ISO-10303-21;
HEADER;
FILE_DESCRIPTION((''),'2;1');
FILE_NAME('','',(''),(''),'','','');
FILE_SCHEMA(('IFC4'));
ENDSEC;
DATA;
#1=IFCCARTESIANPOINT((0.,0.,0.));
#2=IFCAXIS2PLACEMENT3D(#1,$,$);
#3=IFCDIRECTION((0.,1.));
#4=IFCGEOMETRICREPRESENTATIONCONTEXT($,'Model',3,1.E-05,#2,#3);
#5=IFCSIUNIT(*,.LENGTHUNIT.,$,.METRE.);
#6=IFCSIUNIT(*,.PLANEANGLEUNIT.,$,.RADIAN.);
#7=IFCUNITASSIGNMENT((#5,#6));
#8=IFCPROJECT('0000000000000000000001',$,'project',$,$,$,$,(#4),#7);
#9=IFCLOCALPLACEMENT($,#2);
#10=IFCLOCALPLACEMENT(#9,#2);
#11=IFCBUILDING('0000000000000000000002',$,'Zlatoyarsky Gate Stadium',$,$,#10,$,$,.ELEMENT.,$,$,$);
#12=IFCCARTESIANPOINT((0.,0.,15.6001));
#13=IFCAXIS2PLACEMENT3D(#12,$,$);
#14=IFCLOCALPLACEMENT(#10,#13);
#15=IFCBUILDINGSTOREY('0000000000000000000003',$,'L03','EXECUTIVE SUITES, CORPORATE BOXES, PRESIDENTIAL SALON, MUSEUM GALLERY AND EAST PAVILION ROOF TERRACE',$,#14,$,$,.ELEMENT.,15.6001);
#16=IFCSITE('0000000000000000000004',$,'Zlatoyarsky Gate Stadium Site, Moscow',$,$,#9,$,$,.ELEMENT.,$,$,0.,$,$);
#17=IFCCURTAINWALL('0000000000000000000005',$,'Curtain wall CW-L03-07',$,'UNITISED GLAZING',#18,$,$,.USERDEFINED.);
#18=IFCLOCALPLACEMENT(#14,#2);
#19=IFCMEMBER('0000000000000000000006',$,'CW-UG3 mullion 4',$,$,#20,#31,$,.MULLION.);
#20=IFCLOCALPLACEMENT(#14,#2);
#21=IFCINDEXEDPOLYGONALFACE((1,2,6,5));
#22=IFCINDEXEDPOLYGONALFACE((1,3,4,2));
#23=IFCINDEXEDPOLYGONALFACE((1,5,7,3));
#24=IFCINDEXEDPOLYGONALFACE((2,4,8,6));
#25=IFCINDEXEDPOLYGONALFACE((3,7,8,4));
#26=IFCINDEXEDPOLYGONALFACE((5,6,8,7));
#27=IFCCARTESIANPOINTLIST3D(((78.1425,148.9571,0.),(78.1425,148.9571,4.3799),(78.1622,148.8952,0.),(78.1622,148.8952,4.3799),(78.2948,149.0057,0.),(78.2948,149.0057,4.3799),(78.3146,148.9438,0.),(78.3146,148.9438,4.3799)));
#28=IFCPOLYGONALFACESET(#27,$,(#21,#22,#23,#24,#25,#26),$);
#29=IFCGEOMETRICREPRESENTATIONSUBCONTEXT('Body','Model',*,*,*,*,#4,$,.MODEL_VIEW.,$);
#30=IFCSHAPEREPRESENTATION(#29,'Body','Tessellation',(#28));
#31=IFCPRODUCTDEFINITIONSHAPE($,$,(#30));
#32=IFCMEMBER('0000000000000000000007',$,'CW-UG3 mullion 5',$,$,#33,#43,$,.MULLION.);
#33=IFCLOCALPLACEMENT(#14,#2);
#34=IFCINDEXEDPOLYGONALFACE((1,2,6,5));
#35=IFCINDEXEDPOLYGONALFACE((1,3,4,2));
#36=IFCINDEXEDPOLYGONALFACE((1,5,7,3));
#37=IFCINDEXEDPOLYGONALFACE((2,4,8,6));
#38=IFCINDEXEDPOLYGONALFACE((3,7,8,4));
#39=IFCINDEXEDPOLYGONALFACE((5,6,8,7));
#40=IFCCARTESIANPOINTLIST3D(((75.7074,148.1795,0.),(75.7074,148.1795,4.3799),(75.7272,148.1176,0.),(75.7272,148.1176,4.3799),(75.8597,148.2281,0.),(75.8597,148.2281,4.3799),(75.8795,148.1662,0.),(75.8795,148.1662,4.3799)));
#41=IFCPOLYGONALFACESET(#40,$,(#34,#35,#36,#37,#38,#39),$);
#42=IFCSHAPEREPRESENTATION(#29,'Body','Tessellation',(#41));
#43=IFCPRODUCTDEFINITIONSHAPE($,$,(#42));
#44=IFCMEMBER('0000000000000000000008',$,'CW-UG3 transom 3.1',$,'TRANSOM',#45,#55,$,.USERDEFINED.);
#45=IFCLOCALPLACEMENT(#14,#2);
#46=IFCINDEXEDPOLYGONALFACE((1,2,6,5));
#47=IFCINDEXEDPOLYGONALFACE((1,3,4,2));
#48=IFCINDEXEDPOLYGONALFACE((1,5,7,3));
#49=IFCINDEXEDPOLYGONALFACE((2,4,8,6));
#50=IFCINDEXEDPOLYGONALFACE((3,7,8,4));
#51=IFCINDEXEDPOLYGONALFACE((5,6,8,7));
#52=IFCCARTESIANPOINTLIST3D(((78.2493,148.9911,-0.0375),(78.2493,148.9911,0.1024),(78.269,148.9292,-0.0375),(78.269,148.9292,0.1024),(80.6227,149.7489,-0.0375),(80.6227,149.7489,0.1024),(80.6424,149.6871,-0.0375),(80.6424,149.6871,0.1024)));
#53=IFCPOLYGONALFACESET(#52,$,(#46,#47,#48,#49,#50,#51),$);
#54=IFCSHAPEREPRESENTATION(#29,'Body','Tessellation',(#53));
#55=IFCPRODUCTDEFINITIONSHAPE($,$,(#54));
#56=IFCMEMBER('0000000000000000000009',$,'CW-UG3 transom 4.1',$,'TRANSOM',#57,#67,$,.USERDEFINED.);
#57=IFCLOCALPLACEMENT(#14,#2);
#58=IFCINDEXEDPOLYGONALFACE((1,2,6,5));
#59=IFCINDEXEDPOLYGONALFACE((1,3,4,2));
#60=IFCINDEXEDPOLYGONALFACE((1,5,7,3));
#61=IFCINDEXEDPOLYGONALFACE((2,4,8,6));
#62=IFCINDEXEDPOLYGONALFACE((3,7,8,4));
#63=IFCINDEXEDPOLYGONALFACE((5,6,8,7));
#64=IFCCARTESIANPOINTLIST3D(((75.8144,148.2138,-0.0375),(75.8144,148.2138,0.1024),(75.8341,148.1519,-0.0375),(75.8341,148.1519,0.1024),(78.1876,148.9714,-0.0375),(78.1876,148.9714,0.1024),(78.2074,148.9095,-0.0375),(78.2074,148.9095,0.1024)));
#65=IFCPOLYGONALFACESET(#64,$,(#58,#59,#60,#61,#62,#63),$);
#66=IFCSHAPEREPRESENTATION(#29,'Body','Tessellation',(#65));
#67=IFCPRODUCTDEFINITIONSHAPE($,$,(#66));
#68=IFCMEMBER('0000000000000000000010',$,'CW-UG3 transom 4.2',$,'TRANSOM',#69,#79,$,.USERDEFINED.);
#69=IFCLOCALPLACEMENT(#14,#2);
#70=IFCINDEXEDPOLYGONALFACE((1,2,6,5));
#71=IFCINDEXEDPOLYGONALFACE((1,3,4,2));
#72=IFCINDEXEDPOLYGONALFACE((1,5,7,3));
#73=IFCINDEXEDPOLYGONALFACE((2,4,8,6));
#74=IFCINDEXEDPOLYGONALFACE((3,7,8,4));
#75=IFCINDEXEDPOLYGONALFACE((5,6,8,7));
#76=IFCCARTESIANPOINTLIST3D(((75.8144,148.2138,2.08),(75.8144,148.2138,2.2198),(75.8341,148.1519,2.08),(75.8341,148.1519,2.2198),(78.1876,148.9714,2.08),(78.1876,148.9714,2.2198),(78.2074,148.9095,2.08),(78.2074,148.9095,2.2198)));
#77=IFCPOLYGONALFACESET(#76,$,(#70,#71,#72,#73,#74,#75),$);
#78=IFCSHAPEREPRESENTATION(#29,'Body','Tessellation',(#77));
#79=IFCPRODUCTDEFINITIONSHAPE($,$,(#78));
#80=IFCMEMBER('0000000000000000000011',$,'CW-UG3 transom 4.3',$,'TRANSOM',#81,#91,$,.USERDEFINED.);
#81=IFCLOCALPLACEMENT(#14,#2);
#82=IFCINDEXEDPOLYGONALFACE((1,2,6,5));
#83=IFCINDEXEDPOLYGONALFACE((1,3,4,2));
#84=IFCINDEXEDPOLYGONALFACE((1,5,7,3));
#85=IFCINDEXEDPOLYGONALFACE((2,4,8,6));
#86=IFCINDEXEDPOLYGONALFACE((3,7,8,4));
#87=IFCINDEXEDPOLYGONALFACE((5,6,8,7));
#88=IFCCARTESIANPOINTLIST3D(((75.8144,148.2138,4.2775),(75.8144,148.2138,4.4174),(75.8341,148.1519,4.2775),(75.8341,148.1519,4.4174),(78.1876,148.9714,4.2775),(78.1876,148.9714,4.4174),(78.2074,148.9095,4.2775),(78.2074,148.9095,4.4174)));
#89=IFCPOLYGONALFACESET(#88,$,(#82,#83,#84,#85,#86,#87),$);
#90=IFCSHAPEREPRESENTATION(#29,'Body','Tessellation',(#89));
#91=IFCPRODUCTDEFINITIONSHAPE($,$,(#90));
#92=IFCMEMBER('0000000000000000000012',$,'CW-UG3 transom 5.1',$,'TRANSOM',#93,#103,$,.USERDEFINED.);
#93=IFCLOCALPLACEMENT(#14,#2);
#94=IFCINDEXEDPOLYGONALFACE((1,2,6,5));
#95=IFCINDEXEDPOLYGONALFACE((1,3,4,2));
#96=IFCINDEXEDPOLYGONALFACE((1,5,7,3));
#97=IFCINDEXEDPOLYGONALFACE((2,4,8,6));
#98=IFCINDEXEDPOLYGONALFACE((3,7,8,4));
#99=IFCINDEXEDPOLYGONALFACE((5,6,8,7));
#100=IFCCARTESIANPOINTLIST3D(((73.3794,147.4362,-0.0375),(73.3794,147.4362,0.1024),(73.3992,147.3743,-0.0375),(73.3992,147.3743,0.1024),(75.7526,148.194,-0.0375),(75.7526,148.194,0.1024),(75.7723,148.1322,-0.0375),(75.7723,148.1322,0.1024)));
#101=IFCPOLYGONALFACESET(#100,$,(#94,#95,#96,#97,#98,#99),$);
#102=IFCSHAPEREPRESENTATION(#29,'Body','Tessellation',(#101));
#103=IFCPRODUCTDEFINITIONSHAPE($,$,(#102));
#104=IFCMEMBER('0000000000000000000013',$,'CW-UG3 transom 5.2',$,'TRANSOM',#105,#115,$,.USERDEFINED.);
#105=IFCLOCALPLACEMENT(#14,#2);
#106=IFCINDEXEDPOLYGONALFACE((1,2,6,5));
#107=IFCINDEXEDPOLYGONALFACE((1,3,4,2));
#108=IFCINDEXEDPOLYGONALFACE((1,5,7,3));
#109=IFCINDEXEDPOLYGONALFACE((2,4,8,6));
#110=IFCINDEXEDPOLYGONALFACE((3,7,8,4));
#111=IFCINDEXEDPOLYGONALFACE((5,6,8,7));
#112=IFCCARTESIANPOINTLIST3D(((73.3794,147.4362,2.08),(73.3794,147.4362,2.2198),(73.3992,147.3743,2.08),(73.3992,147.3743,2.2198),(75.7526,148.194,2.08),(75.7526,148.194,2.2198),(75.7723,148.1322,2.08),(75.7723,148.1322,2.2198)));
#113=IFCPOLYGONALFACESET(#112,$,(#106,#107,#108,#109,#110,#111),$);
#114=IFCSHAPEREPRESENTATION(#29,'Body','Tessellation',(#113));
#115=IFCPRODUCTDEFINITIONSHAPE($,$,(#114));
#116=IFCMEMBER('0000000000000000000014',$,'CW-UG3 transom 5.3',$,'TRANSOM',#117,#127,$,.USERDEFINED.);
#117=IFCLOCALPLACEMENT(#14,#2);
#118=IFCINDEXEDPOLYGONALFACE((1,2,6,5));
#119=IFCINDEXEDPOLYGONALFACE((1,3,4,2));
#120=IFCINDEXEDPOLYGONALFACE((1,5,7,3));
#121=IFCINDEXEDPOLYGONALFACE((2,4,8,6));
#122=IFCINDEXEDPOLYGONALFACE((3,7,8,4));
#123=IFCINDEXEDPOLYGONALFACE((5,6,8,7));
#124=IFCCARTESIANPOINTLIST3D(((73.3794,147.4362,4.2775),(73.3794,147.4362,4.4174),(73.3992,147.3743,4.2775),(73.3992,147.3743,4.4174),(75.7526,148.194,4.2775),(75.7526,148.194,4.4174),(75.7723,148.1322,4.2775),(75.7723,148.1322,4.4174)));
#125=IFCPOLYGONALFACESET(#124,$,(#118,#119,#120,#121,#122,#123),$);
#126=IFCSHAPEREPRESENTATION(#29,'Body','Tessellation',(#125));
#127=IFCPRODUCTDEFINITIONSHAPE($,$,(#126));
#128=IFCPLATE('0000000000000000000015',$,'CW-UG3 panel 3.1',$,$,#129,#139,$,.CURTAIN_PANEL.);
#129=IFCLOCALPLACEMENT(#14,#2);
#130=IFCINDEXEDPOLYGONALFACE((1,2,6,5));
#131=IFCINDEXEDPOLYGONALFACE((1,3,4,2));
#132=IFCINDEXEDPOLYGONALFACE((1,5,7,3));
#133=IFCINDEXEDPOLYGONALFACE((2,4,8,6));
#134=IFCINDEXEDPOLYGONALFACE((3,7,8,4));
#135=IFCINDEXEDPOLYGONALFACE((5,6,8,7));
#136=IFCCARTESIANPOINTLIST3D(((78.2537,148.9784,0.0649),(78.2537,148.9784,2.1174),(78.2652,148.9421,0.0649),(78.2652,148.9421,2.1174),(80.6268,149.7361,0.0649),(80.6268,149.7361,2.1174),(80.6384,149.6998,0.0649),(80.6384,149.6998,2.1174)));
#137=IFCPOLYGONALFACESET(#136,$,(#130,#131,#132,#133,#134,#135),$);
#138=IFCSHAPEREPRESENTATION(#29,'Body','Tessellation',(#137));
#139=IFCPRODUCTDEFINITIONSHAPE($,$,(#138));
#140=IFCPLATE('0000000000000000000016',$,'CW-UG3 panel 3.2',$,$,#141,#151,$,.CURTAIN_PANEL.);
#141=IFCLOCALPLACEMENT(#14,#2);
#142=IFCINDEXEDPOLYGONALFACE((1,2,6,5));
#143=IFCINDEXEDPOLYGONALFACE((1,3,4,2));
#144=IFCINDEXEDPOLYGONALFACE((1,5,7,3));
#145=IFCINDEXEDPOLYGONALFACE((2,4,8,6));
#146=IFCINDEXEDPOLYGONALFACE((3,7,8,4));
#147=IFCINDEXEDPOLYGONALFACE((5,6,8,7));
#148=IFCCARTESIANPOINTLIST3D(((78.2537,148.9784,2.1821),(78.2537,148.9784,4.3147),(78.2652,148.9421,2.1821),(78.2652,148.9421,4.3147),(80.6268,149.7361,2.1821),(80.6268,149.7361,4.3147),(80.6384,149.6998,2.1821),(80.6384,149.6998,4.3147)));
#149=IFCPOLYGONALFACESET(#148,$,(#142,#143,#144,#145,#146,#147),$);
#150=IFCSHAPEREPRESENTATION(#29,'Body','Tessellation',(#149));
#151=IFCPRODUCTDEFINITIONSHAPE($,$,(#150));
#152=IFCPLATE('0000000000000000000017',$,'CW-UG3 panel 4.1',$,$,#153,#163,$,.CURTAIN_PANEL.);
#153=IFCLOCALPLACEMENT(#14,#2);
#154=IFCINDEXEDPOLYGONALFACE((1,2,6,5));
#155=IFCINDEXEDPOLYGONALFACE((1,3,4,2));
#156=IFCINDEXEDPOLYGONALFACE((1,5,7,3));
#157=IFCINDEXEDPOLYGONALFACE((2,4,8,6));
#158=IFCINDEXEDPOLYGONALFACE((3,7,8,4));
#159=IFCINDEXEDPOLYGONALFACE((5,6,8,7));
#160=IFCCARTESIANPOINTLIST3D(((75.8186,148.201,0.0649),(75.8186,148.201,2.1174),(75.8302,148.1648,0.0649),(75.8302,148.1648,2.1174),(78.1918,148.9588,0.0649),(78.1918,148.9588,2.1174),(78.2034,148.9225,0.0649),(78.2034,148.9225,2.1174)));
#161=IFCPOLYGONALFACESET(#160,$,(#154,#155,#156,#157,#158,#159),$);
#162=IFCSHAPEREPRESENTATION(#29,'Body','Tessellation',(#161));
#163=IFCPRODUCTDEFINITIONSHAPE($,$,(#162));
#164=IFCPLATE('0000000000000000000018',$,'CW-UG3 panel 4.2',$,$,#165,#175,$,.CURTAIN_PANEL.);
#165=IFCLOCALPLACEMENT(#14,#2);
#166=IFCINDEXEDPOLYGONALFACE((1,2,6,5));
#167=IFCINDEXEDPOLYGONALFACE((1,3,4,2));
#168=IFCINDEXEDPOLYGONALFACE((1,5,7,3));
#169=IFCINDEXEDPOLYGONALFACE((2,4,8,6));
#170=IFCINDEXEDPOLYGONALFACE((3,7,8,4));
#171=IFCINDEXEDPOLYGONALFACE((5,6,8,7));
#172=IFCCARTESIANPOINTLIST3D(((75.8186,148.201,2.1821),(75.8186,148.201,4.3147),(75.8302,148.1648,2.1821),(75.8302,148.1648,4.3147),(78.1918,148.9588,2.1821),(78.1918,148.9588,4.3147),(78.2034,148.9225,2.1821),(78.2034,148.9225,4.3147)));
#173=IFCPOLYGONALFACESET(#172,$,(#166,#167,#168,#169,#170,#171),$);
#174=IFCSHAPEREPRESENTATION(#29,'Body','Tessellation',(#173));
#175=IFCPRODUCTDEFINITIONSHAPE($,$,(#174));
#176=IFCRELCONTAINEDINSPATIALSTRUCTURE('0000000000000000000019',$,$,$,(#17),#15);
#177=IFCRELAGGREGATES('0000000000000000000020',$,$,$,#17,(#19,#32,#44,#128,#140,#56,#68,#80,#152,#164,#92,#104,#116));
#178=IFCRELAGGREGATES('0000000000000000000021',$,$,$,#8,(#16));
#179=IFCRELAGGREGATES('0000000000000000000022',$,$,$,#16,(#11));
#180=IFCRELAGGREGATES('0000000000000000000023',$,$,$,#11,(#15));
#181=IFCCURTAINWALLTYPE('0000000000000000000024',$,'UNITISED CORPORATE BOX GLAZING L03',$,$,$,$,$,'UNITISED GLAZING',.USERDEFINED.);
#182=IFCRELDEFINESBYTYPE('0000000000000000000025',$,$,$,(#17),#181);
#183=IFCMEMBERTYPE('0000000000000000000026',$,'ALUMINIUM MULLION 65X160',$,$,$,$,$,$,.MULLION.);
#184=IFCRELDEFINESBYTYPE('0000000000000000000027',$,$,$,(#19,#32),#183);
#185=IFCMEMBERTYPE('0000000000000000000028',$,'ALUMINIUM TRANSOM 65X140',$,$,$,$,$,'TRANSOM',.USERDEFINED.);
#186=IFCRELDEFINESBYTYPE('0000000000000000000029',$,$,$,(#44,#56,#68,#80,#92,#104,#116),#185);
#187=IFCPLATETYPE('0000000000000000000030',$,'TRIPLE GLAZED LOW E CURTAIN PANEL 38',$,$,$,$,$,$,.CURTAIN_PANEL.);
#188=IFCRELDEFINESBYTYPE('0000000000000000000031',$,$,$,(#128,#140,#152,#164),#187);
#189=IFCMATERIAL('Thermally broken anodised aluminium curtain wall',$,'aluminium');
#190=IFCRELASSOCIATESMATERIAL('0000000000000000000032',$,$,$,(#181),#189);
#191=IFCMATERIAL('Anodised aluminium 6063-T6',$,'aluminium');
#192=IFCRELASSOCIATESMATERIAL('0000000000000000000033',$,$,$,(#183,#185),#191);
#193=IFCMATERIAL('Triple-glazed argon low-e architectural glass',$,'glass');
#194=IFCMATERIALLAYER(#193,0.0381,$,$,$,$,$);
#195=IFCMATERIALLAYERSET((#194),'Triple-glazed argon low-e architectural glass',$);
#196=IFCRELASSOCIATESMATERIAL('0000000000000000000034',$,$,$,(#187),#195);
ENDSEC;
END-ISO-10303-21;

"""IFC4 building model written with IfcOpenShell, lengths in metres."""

from ifc_helpers import new_model, si_unit, direction, frame, origin, origin_2d, place, context, subcontext, project, spatial, rectangle, extrude, material, layer, layer_set, material_profile, profile_set, type_object, element, aggregate, save


model = new_model("IFC4")

# Units and contexts
model_context = context("Model", 3, precision=1e-05, world=origin(), true_north=direction((0.0, 1.0)))
body_context = subcontext(model_context, "Body", "Model", "MODEL_VIEW")
ifc_project = project(units=[si_unit("LENGTHUNIT", "METRE"), si_unit("PLANEANGLEUNIT", "RADIAN")], contexts=[model_context])

# Site, building, storey
site_placement = place(None, origin())
site = spatial("IfcSite", under=ifc_project, at=site_placement, Name="Zlatoyarsky Gate Stadium Site, Moscow", CompositionType="ELEMENT", RefElevation=0.0)
building_placement = place(site_placement, origin())
building = spatial("IfcBuilding", under=site, at=building_placement, Name="Zlatoyarsky Gate Stadium", CompositionType="ELEMENT")
storey_placement = place(building_placement, frame((0.0, 0.0, 15.6001)))
storey = spatial("IfcBuildingStorey", under=building, at=storey_placement, Name="L03", Description="EXECUTIVE SUITES, CORPORATE BOXES, PRESIDENTIAL SALON, MUSEUM GALLERY AND EAST PAVILION ROOF TERRACE", CompositionType="ELEMENT", Elevation=15.6001)

# Curtain wall, members, plates
ifc_material_1 = material(Name="Thermally broken anodised aluminium curtain wall", Category="aluminium")
curtain_wall_type = type_object("IfcCurtainWallType", Name="UNITISED CORPORATE BOX GLAZING L03", ElementType="UNITISED GLAZING", PredefinedType="USERDEFINED", material=ifc_material_1)
curtain_wall_placement = place(storey_placement, origin())
curtain_wall = element("IfcCurtainWall", 1, at=curtain_wall_placement, inside=storey, type_object=curtain_wall_type, Name="Curtain wall CW-L03-07", ObjectType="UNITISED GLAZING", PredefinedType="USERDEFINED")
ifc_material_2 = material(Name="Anodised aluminium 6063-T6", Category="aluminium")
ifc_material_profile_1 = material_profile(ifc_material_2, rectangle(XDim=0.0649, YDim=0.1599, at=origin_2d()), Name="ALU 65X160")
ifc_profile_set_1 = profile_set([ifc_material_profile_1], Name="Anodised aluminium 6063-T6")
member_type_1 = type_object("IfcMemberType", Name="ALUMINIUM MULLION 65X160", PredefinedType="MULLION", material=ifc_profile_set_1)
member_1_placement = place(storey_placement, frame((78.2285, 148.9504, 0.0), z_axis=(0.0, 0.0, 1.0), x_axis=(0.304162, -0.95262, 0.0)))
member_1 = element("IfcMember", 2, at=member_1_placement, type_object=member_type_1, Name="CW-UG3 mullion 4", PredefinedType="MULLION", context=body_context, shape_type="SweptSolid", body=[
    extrude(rectangle(XDim=0.0649, YDim=0.1599, at=origin_2d()), origin(), (0.0, 0.0, 1.0), 4.3799),
])
member_2_placement = place(storey_placement, frame((75.7935, 148.1729, 0.0), z_axis=(0.0, 0.0, 1.0), x_axis=(0.304162, -0.95262, 0.0)))
member_2 = element("IfcMember", 3, at=member_2_placement, type_object=member_type_1, Name="CW-UG3 mullion 5", PredefinedType="MULLION", context=body_context, shape_type="SweptSolid", body=[
    extrude(rectangle(XDim=0.0649, YDim=0.1599, at=origin_2d()), origin(), (0.0, 0.0, 1.0), 4.3799),
])
ifc_material_profile_2 = material_profile(ifc_material_2, rectangle(XDim=0.0649, YDim=0.1399, at=origin_2d()), Name="ALU 65X140")
ifc_profile_set_2 = profile_set([ifc_material_profile_2], Name="Anodised aluminium 6063-T6")
member_type_2 = type_object("IfcMemberType", Name="ALUMINIUM TRANSOM 65X140", ElementType="TRANSOM", PredefinedType="USERDEFINED", material=ifc_profile_set_2)
member_3_placement = place(storey_placement, frame((80.6326, 149.718, 0.0325), z_axis=(-0.952615, -0.304178, 0.0), x_axis=(0.304178, -0.952615, 0.0)))
member_3 = element("IfcMember", 4, at=member_3_placement, type_object=member_type_2, Name="CW-UG3 transom 3.1", ObjectType="TRANSOM", PredefinedType="USERDEFINED", context=body_context, shape_type="SweptSolid", body=[
    extrude(rectangle(XDim=0.0649, YDim=0.1399, at=origin_2d()), origin(), (0.0, 0.0, 1.0), 2.4915),
])
member_4_placement = place(storey_placement, frame((78.1975, 148.9404, 0.0325), z_axis=(-0.952644, -0.304089, 0.0), x_axis=(0.304089, -0.952644, 0.0)))
member_4 = element("IfcMember", 5, at=member_4_placement, type_object=member_type_2, Name="CW-UG3 transom 4.1", ObjectType="TRANSOM", PredefinedType="USERDEFINED", context=body_context, shape_type="SweptSolid", body=[
    extrude(rectangle(XDim=0.0649, YDim=0.1399, at=origin_2d()), origin(), (0.0, 0.0, 1.0), 2.4912),
])
member_5_placement = place(storey_placement, frame((78.1975, 148.9404, 2.1499), z_axis=(-0.952644, -0.304089, 0.0), x_axis=(0.304089, -0.952644, 0.0)))
member_5 = element("IfcMember", 6, at=member_5_placement, type_object=member_type_2, Name="CW-UG3 transom 4.2", ObjectType="TRANSOM", PredefinedType="USERDEFINED", context=body_context, shape_type="SweptSolid", body=[
    extrude(rectangle(XDim=0.0649, YDim=0.1399, at=origin_2d()), origin(), (0.0, 0.0, 1.0), 2.4912),
])
member_6_placement = place(storey_placement, frame((78.1975, 148.9404, 4.3474), z_axis=(-0.952644, -0.304089, 0.0), x_axis=(0.304089, -0.952644, 0.0)))
member_6 = element("IfcMember", 7, at=member_6_placement, type_object=member_type_2, Name="CW-UG3 transom 4.3", ObjectType="TRANSOM", PredefinedType="USERDEFINED", context=body_context, shape_type="SweptSolid", body=[
    extrude(rectangle(XDim=0.0649, YDim=0.1399, at=origin_2d()), origin(), (0.0, 0.0, 1.0), 2.4912),
])
member_7_placement = place(storey_placement, frame((75.7625, 148.1631, 0.0325), z_axis=(-0.952606, -0.304207, 0.0), x_axis=(0.304207, -0.952606, 0.0)))
member_7 = element("IfcMember", 8, at=member_7_placement, type_object=member_type_2, Name="CW-UG3 transom 5.1", ObjectType="TRANSOM", PredefinedType="USERDEFINED", context=body_context, shape_type="SweptSolid", body=[
    extrude(rectangle(XDim=0.0649, YDim=0.1399, at=origin_2d()), origin(), (0.0, 0.0, 1.0), 2.4912),
])
member_8_placement = place(storey_placement, frame((75.7625, 148.1631, 2.1499), z_axis=(-0.952606, -0.304207, 0.0), x_axis=(0.304207, -0.952606, 0.0)))
member_8 = element("IfcMember", 9, at=member_8_placement, type_object=member_type_2, Name="CW-UG3 transom 5.2", ObjectType="TRANSOM", PredefinedType="USERDEFINED", context=body_context, shape_type="SweptSolid", body=[
    extrude(rectangle(XDim=0.0649, YDim=0.1399, at=origin_2d()), origin(), (0.0, 0.0, 1.0), 2.4912),
])
member_9_placement = place(storey_placement, frame((75.7625, 148.1631, 4.3474), z_axis=(-0.952606, -0.304207, 0.0), x_axis=(0.304207, -0.952606, 0.0)))
member_9 = element("IfcMember", 10, at=member_9_placement, type_object=member_type_2, Name="CW-UG3 transom 5.3", ObjectType="TRANSOM", PredefinedType="USERDEFINED", context=body_context, shape_type="SweptSolid", body=[
    extrude(rectangle(XDim=0.0649, YDim=0.1399, at=origin_2d()), origin(), (0.0, 0.0, 1.0), 2.4912),
])
ifc_material_3 = material(Name="Triple-glazed argon low-e architectural glass", Category="glass")
ifc_layer_1 = layer(ifc_material_3, 0.0381)
ifc_layer_set_1 = layer_set([ifc_layer_1], Name="Triple-glazed argon low-e architectural glass")
plate_type = type_object("IfcPlateType", Name="TRIPLE GLAZED LOW E CURTAIN PANEL 38", PredefinedType="CURTAIN_PANEL", material=ifc_layer_set_1)
plate_1_placement = place(storey_placement, frame((79.446, 149.3391, 0.0649), z_axis=(0.0, 0.0, 1.0), x_axis=(-0.95262, -0.304162, 0.0)))
plate_1 = element("IfcPlate", 11, at=plate_1_placement, type_object=plate_type, Name="CW-UG3 panel 3.1", PredefinedType="CURTAIN_PANEL", context=body_context, shape_type="SweptSolid", body=[
    extrude(rectangle(XDim=2.4912, YDim=0.0381, at=origin_2d()), origin(), (0.0, 0.0, 1.0), 2.0525),
])
plate_2_placement = place(storey_placement, frame((79.446, 149.3391, 2.1821), z_axis=(0.0, 0.0, 1.0), x_axis=(-0.95262, -0.304162, 0.0)))
plate_2 = element("IfcPlate", 12, at=plate_2_placement, type_object=plate_type, Name="CW-UG3 panel 3.2", PredefinedType="CURTAIN_PANEL", context=body_context, shape_type="SweptSolid", body=[
    extrude(rectangle(XDim=2.4912, YDim=0.0381, at=origin_2d()), origin(), (0.0, 0.0, 1.0), 2.1326),
])
plate_3_placement = place(storey_placement, frame((77.011, 148.5618, 0.0649), z_axis=(0.0, 0.0, 1.0), x_axis=(-0.95262, -0.304162, 0.0)))
plate_3 = element("IfcPlate", 13, at=plate_3_placement, type_object=plate_type, Name="CW-UG3 panel 4.1", PredefinedType="CURTAIN_PANEL", context=body_context, shape_type="SweptSolid", body=[
    extrude(rectangle(XDim=2.4912, YDim=0.0381, at=origin_2d()), origin(), (0.0, 0.0, 1.0), 2.0525),
])
plate_4_placement = place(storey_placement, frame((77.011, 148.5618, 2.1821), z_axis=(0.0, 0.0, 1.0), x_axis=(-0.95262, -0.304162, 0.0)))
plate_4 = element("IfcPlate", 14, at=plate_4_placement, type_object=plate_type, Name="CW-UG3 panel 4.2", PredefinedType="CURTAIN_PANEL", context=body_context, shape_type="SweptSolid", body=[
    extrude(rectangle(XDim=2.4912, YDim=0.0381, at=origin_2d()), origin(), (0.0, 0.0, 1.0), 2.1326),
])
aggregate(curtain_wall, [member_1, member_2, member_3, plate_1, plate_2, member_4, member_5, member_6, plate_3, plate_4, member_7, member_8, member_9])

save(model, "model.ifc")
